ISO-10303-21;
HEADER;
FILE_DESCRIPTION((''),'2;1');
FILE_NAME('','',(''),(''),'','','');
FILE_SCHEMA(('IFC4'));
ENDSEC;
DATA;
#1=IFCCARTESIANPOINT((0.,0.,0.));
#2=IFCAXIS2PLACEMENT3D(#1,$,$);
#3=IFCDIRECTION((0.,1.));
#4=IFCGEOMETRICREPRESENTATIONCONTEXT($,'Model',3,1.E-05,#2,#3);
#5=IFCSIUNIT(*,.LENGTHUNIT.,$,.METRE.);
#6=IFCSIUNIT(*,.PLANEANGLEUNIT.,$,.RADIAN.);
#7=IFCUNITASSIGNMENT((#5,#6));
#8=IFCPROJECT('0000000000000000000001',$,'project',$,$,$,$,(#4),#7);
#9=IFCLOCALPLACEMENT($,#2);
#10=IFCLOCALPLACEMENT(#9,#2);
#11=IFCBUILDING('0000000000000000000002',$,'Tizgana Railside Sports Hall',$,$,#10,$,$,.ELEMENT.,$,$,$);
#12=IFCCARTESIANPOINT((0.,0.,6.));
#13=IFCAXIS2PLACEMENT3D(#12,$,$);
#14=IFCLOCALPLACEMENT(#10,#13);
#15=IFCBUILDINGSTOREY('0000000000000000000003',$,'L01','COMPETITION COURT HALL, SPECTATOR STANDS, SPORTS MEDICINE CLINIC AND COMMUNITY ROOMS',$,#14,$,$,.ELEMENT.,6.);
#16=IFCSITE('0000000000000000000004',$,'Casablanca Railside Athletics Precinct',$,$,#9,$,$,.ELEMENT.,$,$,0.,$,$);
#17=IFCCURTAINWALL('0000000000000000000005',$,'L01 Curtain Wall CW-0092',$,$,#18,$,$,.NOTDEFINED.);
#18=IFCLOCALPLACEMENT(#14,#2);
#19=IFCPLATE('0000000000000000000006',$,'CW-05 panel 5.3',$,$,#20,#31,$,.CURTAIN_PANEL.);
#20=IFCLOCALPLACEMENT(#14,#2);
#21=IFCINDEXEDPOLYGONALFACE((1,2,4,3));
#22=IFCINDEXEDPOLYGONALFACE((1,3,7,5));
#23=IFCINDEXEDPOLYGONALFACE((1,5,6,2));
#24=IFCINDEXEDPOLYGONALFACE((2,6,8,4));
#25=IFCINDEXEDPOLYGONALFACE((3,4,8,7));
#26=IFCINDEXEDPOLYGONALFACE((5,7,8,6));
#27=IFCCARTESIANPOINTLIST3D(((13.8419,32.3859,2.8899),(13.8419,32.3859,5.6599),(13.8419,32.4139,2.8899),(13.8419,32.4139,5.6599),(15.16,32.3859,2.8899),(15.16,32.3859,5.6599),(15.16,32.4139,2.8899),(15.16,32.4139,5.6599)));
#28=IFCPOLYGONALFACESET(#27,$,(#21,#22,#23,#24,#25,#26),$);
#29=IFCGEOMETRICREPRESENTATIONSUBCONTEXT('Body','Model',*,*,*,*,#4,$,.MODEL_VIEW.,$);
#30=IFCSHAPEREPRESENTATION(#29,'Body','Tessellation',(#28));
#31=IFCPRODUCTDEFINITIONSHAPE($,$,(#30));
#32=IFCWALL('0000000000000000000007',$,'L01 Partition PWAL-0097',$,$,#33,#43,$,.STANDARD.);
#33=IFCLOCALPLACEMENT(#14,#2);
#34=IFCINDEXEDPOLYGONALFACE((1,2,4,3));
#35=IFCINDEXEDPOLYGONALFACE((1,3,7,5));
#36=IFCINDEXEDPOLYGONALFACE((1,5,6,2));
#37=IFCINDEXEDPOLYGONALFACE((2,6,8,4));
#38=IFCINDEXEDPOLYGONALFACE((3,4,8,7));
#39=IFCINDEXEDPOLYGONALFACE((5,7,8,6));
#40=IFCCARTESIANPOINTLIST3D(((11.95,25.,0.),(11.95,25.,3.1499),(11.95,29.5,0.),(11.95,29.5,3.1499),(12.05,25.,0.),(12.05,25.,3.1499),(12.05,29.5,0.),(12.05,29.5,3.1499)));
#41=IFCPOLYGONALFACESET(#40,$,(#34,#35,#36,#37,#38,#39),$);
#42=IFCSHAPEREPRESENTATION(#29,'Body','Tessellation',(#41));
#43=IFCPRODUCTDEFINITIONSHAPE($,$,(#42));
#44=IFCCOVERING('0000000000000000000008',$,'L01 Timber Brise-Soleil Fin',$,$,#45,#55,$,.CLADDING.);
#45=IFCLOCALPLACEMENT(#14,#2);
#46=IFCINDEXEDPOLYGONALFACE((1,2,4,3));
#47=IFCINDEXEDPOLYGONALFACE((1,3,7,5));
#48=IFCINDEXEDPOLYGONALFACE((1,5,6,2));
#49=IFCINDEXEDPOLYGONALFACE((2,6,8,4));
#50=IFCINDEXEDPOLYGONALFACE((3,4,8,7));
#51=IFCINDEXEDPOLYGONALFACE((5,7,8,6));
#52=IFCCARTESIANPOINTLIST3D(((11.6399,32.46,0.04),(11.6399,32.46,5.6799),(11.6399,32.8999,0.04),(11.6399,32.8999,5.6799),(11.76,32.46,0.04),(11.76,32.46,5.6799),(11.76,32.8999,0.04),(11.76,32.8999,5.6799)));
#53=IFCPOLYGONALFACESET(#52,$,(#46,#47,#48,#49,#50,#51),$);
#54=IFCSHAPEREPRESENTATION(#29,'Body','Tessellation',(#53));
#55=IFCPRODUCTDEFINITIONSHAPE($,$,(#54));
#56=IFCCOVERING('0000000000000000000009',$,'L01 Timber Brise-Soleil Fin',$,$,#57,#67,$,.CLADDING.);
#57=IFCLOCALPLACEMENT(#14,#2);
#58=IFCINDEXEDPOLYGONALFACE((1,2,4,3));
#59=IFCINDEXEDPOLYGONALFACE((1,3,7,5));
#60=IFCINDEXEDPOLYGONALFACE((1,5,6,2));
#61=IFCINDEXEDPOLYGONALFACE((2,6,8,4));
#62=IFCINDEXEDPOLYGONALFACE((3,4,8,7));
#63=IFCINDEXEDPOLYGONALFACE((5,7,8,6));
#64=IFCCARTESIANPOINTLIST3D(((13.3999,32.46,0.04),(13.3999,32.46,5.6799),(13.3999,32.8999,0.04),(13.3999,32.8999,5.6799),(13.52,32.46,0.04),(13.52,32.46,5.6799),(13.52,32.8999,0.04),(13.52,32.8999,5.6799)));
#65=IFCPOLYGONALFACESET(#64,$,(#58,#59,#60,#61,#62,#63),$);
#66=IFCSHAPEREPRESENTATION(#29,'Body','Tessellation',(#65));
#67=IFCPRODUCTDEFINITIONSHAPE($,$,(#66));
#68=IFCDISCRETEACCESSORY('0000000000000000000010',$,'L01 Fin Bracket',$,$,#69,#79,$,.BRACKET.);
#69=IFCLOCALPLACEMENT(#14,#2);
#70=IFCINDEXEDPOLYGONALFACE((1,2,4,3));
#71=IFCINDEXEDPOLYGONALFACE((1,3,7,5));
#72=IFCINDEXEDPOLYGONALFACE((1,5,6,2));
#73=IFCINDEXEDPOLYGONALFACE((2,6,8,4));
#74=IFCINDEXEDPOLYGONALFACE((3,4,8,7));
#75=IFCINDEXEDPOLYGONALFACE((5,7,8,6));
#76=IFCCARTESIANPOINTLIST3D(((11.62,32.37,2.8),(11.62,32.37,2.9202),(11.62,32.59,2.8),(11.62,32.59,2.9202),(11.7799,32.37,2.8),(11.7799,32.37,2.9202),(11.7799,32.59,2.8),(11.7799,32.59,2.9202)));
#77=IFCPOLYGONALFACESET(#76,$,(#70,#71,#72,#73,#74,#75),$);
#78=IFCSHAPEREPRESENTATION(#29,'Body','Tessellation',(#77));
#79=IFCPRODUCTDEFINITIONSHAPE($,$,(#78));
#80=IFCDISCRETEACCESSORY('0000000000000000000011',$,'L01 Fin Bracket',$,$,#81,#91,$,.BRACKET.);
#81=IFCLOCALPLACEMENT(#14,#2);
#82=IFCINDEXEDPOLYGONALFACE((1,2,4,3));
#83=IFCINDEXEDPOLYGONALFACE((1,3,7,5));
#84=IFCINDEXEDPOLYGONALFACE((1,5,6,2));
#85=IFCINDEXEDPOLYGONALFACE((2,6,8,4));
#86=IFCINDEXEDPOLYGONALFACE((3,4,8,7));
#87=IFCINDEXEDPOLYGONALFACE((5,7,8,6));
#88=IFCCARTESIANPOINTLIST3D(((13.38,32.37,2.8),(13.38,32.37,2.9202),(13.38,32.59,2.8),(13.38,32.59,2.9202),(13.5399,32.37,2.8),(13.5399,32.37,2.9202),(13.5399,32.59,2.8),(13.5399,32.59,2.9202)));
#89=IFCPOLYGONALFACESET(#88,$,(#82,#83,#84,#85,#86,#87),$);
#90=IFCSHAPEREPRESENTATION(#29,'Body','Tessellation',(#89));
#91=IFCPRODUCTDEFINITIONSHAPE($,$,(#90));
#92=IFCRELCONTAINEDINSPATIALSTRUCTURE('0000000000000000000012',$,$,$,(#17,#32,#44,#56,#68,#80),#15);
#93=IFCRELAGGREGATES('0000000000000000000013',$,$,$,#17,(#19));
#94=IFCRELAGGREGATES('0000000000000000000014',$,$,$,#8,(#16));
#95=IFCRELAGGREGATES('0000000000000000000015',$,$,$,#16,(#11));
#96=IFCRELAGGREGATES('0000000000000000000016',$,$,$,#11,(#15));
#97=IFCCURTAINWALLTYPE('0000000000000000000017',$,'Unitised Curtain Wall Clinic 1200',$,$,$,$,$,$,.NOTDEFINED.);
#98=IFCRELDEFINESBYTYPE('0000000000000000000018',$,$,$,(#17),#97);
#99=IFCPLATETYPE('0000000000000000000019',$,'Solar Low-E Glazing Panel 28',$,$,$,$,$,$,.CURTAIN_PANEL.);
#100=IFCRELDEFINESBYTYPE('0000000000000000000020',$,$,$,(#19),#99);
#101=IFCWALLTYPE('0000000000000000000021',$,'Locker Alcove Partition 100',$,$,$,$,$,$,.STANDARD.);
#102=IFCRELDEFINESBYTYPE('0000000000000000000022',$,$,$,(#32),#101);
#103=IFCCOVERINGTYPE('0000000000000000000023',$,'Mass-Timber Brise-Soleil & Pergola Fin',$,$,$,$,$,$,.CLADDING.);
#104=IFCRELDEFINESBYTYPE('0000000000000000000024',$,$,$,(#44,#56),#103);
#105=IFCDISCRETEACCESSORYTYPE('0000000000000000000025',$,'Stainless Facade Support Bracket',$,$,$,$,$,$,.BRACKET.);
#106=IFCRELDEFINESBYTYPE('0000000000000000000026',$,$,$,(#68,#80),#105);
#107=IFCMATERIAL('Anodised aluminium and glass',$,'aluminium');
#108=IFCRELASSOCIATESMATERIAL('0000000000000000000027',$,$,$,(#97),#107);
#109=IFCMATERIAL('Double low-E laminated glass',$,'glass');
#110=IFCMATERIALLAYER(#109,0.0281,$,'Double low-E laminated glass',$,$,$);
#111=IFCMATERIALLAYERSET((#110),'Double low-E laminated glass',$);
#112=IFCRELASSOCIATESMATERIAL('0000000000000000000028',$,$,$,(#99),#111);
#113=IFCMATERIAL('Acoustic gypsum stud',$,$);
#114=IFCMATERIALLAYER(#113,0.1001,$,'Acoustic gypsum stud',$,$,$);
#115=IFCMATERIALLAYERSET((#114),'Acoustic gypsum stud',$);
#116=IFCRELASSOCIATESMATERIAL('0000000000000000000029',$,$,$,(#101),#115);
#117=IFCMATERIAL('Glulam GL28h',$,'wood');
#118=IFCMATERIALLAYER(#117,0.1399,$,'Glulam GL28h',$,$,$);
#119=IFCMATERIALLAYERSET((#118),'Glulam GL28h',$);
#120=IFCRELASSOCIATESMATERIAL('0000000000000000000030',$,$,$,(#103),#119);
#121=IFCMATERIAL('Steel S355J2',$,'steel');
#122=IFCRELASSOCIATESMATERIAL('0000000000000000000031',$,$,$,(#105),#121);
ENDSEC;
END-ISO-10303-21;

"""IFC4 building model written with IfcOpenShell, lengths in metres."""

from ifc_helpers import new_model, si_unit, direction, frame, frame_2d, origin, origin_2d, place, context, subcontext, project, spatial, rectangle, extrude, material, layer, layer_set, type_object, element, aggregate, save


model = new_model("IFC4")

# Units and contexts
model_context = context("Model", 3, precision=1e-05, world=origin(), true_north=direction((0.0, 1.0)))
body_context = subcontext(model_context, "Body", "Model", "MODEL_VIEW")
ifc_project = project(units=[si_unit("LENGTHUNIT", "METRE"), si_unit("PLANEANGLEUNIT", "RADIAN")], contexts=[model_context])

# Site, building, storey
site_placement = place(None, origin())
site = spatial("IfcSite", under=ifc_project, at=site_placement, Name="Casablanca Railside Athletics Precinct", CompositionType="ELEMENT", RefElevation=0.0)
building_placement = place(site_placement, origin())
building = spatial("IfcBuilding", under=site, at=building_placement, Name="Tizgana Railside Sports Hall", CompositionType="ELEMENT")
storey_placement = place(building_placement, frame((0.0, 0.0, 6.0)))
storey = spatial("IfcBuildingStorey", under=building, at=storey_placement, Name="L01", Description="COMPETITION COURT HALL, SPECTATOR STANDS, SPORTS MEDICINE CLINIC AND COMMUNITY ROOMS", CompositionType="ELEMENT", Elevation=6.0)

# Curtain wall, plate
ifc_material_1 = material(Name="Anodised aluminium and glass", Category="aluminium")
curtain_wall_type = type_object("IfcCurtainWallType", Name="Unitised Curtain Wall Clinic 1200", PredefinedType="NOTDEFINED", material=ifc_material_1)
curtain_wall_placement = place(storey_placement, origin())
curtain_wall = element("IfcCurtainWall", 1, at=curtain_wall_placement, inside=storey, type_object=curtain_wall_type, Name="L01 Curtain Wall CW-0092", PredefinedType="NOTDEFINED")
ifc_material_2 = material(Name="Double low-E laminated glass", Category="glass")
ifc_layer_1 = layer(ifc_material_2, 0.0281, Name="Double low-E laminated glass")
ifc_layer_set_1 = layer_set([ifc_layer_1], Name="Double low-E laminated glass")
plate_type = type_object("IfcPlateType", Name="Solar Low-E Glazing Panel 28", PredefinedType="CURTAIN_PANEL", material=ifc_layer_set_1)
plate_1_placement = place(storey_placement, frame((14.501, 32.3999, 2.8899), z_axis=(0.0, 0.0, 1.0), x_axis=(1.0, 0.0, 0.0)))
plate_1 = element("IfcPlate", 2, at=plate_1_placement, type_object=plate_type, Name="CW-05 panel 5.3", PredefinedType="CURTAIN_PANEL", context=body_context, shape_type="SweptSolid", body=[
    extrude(rectangle(XDim=1.3181, YDim=0.0281, at=origin_2d()), origin(), (0.0, 0.0, 1.0), 2.77),
])
aggregate(curtain_wall, [plate_1])

# Wall
ifc_material_3 = material(Name="Acoustic gypsum stud")
ifc_layer_2 = layer(ifc_material_3, 0.1001, Name="Acoustic gypsum stud")
ifc_layer_set_2 = layer_set([ifc_layer_2], Name="Acoustic gypsum stud")
wall_type = type_object("IfcWallType", Name="Locker Alcove Partition 100", PredefinedType="STANDARD", material=ifc_layer_set_2)
wall_placement = place(storey_placement, frame((12.0, 25.0, 0.0), z_axis=(0.0, 0.0, 1.0), x_axis=(0.0, 1.0, 0.0)))
element("IfcWall", 3, at=wall_placement, inside=storey, type_object=wall_type, Name="L01 Partition PWAL-0097", PredefinedType="STANDARD", context=body_context, shape_type="SweptSolid", body=[
    extrude(rectangle(XDim=4.5, YDim=0.1001, at=frame_2d((2.25, 0.0))), origin(), (0.0, 0.0, 1.0), 3.1499),
])

# Coverings
ifc_material_4 = material(Name="Glulam GL28h", Category="wood")
ifc_layer_3 = layer(ifc_material_4, 0.1399, Name="Glulam GL28h")
ifc_layer_set_3 = layer_set([ifc_layer_3], Name="Glulam GL28h")
covering_type = type_object("IfcCoveringType", Name="Mass-Timber Brise-Soleil & Pergola Fin", PredefinedType="CLADDING", material=ifc_layer_set_3)
for number, where, z_axis, x_axis, name in (
    (4, (11.7, 32.6799, 0.04), (0.0, 0.0, 1.0), (1.0, 0.0, 0.0), "L01 Timber Brise-Soleil Fin"),
    (5, (13.46, 32.6799, 0.04), (0.0, 0.0, 1.0), (1.0, 0.0, 0.0), "L01 Timber Brise-Soleil Fin"),
):
    element("IfcCovering", number, at=place(storey_placement, frame(where, z_axis=z_axis, x_axis=x_axis)), inside=storey, type_object=covering_type, Name=name, PredefinedType="CLADDING", context=body_context, shape_type="SweptSolid", body=[
        extrude(rectangle(XDim=0.1201, YDim=0.4399, at=origin_2d()), origin(), (0.0, 0.0, 1.0), 5.6399),
    ])

# Discrete accessories
ifc_material_5 = material(Name="Steel S355J2", Category="steel")
discrete_accessory_type = type_object("IfcDiscreteAccessoryType", Name="Stainless Facade Support Bracket", PredefinedType="BRACKET", material=ifc_material_5)
for number, where, z_axis, x_axis, name in (
    (6, (11.7, 32.48, 2.8), (0.0, 0.0, 1.0), (1.0, 0.0, 0.0), "L01 Fin Bracket"),
    (7, (13.46, 32.48, 2.8), (0.0, 0.0, 1.0), (1.0, 0.0, 0.0), "L01 Fin Bracket"),
):
    element("IfcDiscreteAccessory", number, at=place(storey_placement, frame(where, z_axis=z_axis, x_axis=x_axis)), inside=storey, type_object=discrete_accessory_type, Name=name, PredefinedType="BRACKET", context=body_context, shape_type="SweptSolid", body=[
        extrude(rectangle(XDim=0.1599, YDim=0.22, at=origin_2d()), origin(), (0.0, 0.0, 1.0), 0.1201),
    ])

save(model, "model.ifc")
